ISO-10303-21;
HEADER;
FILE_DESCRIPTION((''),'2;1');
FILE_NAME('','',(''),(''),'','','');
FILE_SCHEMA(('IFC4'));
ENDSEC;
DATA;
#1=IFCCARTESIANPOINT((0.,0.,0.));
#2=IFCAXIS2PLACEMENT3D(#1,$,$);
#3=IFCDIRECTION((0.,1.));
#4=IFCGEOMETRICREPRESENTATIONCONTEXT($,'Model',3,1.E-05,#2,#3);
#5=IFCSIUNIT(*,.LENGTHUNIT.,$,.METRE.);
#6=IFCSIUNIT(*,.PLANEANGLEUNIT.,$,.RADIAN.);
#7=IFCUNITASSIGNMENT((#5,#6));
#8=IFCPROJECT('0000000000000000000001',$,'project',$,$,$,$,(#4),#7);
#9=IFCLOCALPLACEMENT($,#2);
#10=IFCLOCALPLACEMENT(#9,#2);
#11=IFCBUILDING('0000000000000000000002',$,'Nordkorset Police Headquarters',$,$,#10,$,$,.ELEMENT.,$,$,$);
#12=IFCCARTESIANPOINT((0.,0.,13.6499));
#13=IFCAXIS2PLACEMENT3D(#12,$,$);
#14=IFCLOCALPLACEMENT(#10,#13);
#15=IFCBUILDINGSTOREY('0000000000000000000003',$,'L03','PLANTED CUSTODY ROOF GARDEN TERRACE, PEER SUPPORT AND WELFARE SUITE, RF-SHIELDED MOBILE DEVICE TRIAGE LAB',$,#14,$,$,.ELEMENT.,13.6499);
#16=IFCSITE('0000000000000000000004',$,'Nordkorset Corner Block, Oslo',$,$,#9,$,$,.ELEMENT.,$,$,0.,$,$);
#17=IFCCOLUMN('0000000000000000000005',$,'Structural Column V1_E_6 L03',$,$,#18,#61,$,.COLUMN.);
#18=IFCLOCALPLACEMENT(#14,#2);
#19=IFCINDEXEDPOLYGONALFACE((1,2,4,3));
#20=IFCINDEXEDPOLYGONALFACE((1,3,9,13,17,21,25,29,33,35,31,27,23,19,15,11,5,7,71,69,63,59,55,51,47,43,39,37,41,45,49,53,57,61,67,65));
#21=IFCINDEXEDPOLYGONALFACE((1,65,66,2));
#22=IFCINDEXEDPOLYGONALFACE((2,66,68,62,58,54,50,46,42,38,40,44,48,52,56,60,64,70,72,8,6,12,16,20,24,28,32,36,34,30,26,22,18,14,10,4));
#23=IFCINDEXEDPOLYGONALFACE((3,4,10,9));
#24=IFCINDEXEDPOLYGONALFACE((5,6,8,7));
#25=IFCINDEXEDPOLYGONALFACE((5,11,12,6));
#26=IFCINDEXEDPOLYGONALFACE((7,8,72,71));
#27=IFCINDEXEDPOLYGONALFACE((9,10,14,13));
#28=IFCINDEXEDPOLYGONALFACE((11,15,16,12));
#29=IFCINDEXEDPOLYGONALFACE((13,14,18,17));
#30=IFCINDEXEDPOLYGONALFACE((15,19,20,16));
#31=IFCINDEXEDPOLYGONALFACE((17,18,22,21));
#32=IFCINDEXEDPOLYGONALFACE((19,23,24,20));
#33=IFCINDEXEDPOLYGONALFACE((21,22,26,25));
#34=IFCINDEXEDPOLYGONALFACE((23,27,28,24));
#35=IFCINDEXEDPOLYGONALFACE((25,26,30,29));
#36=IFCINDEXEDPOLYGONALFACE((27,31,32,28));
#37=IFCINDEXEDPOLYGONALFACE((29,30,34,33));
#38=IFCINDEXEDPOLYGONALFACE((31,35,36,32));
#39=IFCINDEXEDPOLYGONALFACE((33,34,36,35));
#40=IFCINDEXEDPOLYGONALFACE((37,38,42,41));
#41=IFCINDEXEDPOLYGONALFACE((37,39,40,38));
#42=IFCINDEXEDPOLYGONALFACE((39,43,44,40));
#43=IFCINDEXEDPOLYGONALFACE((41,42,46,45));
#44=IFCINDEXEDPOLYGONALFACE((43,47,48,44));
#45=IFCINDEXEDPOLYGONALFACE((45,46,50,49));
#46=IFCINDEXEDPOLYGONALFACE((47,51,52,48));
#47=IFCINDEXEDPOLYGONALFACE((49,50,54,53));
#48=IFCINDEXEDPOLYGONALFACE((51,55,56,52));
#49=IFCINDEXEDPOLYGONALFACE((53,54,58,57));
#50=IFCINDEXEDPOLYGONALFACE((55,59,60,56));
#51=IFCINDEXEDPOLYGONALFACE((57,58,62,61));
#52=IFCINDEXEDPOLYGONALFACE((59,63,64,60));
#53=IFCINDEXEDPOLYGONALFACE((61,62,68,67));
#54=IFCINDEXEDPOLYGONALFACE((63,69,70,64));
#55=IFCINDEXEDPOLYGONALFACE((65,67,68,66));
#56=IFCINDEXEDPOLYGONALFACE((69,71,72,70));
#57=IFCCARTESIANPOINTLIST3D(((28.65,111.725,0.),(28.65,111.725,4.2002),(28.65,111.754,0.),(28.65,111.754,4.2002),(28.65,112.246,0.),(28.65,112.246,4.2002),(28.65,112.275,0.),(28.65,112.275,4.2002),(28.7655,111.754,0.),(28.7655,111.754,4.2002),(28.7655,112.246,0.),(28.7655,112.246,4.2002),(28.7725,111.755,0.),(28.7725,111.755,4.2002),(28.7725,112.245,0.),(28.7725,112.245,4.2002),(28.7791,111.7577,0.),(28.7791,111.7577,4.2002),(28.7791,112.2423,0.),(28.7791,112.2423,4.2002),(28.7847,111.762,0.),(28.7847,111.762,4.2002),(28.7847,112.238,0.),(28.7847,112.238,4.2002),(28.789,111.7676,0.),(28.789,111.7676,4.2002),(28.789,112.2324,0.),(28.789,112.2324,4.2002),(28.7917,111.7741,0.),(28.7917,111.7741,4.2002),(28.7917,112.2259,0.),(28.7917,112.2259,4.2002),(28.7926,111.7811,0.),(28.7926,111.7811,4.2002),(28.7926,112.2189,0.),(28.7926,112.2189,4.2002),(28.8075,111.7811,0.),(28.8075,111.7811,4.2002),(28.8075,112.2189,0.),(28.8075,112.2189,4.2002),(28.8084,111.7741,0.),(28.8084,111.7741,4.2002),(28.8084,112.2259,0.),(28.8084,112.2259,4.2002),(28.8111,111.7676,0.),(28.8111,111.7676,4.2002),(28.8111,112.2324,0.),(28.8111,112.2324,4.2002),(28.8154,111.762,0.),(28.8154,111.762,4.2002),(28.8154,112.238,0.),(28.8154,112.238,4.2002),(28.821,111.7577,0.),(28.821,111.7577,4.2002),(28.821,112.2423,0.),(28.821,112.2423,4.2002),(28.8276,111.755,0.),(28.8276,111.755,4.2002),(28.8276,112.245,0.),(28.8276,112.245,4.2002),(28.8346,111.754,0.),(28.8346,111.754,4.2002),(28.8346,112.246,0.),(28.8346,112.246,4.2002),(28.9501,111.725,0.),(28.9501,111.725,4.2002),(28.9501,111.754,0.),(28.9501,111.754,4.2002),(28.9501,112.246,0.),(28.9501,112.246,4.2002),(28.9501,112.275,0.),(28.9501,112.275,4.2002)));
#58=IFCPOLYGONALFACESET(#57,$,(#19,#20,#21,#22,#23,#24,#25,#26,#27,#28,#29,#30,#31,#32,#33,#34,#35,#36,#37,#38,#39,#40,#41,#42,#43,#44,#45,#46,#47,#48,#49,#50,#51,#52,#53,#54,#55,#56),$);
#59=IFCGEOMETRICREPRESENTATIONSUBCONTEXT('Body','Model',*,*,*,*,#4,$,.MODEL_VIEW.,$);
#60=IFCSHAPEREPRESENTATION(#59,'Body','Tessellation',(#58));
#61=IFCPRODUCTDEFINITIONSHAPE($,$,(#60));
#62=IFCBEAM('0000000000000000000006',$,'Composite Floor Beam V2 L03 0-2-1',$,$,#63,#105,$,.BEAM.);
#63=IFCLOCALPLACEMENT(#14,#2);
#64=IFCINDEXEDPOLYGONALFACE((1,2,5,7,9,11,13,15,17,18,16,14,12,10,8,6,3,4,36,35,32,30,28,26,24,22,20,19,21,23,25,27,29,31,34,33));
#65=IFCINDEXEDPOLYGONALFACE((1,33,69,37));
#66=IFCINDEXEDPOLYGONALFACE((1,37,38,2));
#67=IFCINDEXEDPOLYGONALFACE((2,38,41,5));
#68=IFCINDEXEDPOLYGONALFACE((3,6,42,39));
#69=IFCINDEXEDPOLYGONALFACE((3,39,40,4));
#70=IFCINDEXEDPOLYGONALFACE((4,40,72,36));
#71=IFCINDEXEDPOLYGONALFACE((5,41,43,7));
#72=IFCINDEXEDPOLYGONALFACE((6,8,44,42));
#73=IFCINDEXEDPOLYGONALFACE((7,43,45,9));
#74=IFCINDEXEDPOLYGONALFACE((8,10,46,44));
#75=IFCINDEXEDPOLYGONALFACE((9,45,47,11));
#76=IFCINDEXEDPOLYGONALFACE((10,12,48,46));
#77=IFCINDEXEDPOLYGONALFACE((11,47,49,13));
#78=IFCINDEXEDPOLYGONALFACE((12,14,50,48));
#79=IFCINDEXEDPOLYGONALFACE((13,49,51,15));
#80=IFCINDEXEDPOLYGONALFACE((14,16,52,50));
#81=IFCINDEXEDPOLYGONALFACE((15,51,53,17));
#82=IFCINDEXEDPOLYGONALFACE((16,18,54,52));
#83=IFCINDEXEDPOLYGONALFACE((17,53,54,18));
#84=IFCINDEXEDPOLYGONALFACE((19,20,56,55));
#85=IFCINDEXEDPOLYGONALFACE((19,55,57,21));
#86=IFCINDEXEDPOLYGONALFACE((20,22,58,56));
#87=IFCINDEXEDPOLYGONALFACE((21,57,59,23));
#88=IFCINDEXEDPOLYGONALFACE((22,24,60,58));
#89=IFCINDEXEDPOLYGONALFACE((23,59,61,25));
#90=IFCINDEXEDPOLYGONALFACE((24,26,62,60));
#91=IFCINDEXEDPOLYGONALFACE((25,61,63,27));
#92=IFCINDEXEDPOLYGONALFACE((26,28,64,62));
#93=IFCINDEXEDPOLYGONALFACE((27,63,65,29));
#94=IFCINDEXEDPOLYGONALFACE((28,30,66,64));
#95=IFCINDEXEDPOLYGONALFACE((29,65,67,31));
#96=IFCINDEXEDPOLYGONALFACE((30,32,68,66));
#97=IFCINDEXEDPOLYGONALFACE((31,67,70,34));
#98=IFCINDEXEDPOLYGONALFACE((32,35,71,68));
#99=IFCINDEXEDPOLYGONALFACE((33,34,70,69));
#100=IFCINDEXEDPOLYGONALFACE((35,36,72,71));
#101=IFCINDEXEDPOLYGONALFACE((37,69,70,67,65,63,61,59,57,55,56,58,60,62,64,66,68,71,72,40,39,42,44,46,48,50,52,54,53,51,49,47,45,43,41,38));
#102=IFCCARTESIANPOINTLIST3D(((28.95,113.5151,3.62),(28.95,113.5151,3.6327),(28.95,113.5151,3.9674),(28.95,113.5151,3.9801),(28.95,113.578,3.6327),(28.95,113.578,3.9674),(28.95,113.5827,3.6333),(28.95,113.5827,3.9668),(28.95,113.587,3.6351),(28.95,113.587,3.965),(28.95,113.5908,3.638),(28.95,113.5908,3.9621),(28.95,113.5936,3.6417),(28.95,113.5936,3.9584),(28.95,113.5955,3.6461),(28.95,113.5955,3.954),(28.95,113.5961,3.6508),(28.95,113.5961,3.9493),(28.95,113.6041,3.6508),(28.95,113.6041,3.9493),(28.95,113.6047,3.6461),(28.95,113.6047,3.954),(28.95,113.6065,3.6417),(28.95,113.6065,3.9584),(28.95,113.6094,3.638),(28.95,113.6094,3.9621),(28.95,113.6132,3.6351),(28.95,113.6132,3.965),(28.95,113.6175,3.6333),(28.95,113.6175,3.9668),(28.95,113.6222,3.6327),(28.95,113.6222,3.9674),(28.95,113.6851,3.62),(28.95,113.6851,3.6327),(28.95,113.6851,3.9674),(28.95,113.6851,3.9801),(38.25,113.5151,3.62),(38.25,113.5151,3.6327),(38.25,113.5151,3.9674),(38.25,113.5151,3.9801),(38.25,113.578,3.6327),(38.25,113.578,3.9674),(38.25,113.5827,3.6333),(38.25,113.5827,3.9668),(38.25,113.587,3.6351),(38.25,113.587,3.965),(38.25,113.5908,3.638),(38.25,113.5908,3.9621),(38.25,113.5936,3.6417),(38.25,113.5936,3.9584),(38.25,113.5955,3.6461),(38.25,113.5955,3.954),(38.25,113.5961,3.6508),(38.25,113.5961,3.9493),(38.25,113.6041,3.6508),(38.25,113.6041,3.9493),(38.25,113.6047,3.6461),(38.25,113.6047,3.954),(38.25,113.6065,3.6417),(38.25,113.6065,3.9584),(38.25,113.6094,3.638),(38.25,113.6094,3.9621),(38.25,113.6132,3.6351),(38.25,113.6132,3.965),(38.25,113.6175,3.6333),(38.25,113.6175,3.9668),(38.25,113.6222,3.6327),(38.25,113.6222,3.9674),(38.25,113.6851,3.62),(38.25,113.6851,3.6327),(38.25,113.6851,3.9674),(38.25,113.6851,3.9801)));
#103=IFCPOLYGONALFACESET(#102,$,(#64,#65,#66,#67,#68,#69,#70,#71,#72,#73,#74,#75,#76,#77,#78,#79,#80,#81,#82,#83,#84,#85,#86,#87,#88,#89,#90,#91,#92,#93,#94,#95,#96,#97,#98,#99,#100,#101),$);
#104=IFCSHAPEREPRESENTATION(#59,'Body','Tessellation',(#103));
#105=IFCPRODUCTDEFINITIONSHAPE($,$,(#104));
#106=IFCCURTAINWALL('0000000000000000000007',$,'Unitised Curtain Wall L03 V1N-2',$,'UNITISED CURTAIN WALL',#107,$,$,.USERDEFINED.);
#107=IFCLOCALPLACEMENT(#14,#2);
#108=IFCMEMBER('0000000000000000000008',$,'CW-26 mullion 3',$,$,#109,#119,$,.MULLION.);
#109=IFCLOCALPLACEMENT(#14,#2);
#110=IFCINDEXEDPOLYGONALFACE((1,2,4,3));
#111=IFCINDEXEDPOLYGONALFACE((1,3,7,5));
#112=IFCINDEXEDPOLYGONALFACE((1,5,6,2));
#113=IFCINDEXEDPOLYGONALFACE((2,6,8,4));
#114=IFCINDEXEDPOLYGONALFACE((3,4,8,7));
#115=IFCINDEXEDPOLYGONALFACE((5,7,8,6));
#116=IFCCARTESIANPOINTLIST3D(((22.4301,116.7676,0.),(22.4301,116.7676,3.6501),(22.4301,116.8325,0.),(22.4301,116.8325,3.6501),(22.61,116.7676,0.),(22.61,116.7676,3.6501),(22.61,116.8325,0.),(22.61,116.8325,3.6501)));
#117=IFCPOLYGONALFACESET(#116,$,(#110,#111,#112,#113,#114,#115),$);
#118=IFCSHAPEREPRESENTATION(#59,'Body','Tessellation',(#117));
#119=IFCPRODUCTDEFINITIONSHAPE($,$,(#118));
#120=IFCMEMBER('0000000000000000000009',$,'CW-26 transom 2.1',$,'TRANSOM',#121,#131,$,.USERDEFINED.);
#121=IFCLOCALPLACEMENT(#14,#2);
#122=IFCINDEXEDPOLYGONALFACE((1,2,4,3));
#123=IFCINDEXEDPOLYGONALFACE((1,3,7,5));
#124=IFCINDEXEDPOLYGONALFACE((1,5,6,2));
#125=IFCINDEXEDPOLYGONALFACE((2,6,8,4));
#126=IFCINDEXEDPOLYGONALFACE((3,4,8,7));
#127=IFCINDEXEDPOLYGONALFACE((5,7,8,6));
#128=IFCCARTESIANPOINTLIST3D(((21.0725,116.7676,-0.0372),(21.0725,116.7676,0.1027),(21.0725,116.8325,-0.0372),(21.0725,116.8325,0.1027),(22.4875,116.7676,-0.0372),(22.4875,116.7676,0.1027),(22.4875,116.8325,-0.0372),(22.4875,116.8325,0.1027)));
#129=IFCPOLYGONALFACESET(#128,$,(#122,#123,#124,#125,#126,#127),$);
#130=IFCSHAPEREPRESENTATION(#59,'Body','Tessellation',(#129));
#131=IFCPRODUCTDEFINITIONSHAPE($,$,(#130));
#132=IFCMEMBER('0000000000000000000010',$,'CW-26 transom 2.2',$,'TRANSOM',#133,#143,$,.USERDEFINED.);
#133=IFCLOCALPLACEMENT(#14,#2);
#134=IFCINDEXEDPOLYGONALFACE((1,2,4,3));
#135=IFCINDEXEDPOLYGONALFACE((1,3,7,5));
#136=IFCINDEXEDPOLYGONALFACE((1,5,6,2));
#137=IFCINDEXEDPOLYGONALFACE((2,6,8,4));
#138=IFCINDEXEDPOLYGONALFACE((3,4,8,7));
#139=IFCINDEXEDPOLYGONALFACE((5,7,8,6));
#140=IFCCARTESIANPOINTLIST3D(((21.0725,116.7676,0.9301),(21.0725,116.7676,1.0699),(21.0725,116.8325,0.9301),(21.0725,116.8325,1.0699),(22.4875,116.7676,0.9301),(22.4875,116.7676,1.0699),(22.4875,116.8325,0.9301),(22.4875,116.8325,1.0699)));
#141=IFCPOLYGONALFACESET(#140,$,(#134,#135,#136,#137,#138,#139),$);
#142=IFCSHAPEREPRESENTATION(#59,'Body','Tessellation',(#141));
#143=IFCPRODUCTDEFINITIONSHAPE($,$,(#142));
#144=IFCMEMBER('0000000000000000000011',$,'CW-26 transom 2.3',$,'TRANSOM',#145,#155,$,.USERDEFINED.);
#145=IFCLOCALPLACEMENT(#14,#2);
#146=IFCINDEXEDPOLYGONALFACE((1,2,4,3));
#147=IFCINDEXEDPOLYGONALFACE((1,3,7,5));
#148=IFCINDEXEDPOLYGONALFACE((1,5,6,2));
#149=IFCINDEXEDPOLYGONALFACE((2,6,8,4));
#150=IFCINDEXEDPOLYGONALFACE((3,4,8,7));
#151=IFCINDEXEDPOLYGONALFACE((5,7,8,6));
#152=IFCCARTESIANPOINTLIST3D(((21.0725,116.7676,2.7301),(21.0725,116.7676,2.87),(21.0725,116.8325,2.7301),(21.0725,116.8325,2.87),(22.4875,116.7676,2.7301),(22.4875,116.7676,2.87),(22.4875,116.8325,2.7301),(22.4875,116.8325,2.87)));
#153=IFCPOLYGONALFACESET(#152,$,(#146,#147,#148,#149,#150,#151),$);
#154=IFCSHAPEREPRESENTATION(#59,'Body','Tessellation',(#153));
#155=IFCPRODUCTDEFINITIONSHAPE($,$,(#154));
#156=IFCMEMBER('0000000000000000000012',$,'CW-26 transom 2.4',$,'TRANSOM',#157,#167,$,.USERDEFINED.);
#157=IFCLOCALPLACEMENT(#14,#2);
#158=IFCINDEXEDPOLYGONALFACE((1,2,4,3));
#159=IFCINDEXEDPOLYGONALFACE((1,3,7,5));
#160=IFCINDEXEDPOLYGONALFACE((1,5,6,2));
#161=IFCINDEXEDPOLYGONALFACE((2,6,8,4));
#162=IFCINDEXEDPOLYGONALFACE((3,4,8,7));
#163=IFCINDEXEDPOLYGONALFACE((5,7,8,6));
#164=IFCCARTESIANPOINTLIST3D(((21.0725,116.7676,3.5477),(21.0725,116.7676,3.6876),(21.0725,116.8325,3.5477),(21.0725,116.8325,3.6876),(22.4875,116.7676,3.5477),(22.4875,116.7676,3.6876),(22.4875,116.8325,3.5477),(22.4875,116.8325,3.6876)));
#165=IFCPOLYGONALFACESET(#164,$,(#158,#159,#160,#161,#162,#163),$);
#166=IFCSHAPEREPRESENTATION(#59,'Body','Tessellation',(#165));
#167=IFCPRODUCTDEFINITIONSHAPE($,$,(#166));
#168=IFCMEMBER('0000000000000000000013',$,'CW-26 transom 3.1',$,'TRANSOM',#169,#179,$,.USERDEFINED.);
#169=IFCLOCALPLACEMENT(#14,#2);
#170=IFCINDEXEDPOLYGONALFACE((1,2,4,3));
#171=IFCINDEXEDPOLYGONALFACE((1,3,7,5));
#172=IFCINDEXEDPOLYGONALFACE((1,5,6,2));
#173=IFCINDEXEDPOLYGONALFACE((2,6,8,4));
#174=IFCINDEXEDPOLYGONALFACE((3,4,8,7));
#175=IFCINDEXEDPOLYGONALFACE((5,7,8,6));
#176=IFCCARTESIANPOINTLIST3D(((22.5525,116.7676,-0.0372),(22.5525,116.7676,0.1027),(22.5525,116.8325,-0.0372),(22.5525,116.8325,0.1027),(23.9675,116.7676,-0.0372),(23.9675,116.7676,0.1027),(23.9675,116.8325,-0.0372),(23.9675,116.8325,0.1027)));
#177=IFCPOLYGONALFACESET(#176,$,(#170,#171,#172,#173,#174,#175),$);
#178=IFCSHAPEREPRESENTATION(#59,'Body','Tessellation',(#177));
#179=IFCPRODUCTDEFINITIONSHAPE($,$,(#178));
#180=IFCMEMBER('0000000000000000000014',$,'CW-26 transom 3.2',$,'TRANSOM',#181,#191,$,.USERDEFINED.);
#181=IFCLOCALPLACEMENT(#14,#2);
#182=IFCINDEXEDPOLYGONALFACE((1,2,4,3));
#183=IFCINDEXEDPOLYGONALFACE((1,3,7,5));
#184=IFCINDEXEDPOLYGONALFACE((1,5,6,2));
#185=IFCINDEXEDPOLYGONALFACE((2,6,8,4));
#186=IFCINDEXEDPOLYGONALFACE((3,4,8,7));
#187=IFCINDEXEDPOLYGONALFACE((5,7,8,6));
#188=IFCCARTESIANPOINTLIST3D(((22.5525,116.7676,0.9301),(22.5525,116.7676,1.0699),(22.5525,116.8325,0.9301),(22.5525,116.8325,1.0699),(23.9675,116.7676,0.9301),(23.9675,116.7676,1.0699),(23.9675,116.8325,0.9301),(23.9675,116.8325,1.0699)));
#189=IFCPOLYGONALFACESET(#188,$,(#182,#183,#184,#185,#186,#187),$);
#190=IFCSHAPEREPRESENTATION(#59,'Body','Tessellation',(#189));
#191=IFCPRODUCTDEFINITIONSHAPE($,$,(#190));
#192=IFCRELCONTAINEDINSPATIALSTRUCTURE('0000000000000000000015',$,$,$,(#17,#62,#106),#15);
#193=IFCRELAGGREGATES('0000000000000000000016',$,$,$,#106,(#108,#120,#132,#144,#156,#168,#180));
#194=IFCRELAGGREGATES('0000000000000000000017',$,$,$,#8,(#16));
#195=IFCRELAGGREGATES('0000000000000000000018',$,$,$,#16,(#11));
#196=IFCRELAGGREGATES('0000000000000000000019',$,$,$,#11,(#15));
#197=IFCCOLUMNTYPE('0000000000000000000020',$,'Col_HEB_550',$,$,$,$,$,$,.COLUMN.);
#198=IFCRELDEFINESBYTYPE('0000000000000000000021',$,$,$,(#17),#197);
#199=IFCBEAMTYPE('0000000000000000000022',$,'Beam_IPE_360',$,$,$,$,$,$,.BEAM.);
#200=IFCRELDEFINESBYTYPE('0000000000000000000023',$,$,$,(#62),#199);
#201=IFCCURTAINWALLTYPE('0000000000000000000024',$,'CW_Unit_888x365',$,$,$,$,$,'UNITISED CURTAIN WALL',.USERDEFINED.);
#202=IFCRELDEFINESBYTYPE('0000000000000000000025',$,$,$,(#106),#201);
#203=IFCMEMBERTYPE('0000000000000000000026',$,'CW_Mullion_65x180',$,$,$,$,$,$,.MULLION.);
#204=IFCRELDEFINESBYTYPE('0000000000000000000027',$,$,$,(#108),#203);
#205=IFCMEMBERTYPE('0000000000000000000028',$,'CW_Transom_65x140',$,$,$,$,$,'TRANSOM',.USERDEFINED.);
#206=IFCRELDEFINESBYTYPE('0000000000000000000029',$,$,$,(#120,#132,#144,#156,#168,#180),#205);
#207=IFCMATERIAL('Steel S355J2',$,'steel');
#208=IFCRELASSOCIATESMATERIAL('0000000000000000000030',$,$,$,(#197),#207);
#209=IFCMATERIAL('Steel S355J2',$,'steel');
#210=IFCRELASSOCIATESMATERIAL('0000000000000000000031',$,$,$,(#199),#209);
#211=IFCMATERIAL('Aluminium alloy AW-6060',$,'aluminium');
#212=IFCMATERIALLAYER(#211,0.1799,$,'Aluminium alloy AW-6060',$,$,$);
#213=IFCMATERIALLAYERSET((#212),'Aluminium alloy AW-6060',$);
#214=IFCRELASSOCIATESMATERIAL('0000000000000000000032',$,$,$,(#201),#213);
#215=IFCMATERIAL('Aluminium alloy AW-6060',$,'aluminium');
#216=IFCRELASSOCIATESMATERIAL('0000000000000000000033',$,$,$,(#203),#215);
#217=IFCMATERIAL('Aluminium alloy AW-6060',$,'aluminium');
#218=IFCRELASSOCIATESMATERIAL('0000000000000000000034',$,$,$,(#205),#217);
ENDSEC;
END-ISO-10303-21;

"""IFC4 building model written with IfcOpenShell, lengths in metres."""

from ifc_helpers import new_model, si_unit, direction, frame, origin, origin_2d, place, context, subcontext, project, spatial, rectangle, i_section, extrude, material, layer, layer_set, material_profile, profile_set, type_object, element, aggregate, save


model = new_model("IFC4")

# Units and contexts
model_context = context("Model", 3, precision=1e-05, world=origin(), true_north=direction((0.0, 1.0)))
body_context = subcontext(model_context, "Body", "Model", "MODEL_VIEW")
ifc_project = project(units=[si_unit("LENGTHUNIT", "METRE"), si_unit("PLANEANGLEUNIT", "RADIAN")], contexts=[model_context])

# Site, building, storey
site_placement = place(None, origin())
site = spatial("IfcSite", under=ifc_project, at=site_placement, Name="Nordkorset Corner Block, Oslo", CompositionType="ELEMENT", RefElevation=0.0)
building_placement = place(site_placement, origin())
building = spatial("IfcBuilding", under=site, at=building_placement, Name="Nordkorset Police Headquarters", CompositionType="ELEMENT")
storey_placement = place(building_placement, frame((0.0, 0.0, 13.6499)))
storey = spatial("IfcBuildingStorey", under=building, at=storey_placement, Name="L03", Description="PLANTED CUSTODY ROOF GARDEN TERRACE, PEER SUPPORT AND WELFARE SUITE, RF-SHIELDED MOBILE DEVICE TRIAGE LAB", CompositionType="ELEMENT", Elevation=13.6499)

# Column
ifc_material_1 = material(Name="Steel S355J2", Category="steel")
ifc_material_profile_1 = material_profile(ifc_material_1, i_section(OverallWidth=0.3, OverallDepth=0.55, WebThickness=0.0149, FlangeThickness=0.0291, FilletRadius=0.0271, at=origin_2d()), Name="HEB 550")
ifc_profile_set_1 = profile_set([ifc_material_profile_1], Name="Steel S355J2")
column_type = type_object("IfcColumnType", Name="Col_HEB_550", PredefinedType="COLUMN", material=ifc_profile_set_1)
column_placement = place(storey_placement, frame((28.8, 112.0, 0.0), z_axis=(0.0, 0.0, 1.0), x_axis=(1.0, 0.0, 0.0)))
element("IfcColumn", 1, at=column_placement, inside=storey, type_object=column_type, Name="Structural Column V1_E_6 L03", PredefinedType="COLUMN", context=body_context, shape_type="SweptSolid", body=[
    extrude(i_section(OverallWidth=0.3, OverallDepth=0.55, WebThickness=0.0149, FlangeThickness=0.0291, FilletRadius=0.0271, at=origin_2d()), origin(), (0.0, 0.0, 1.0), 4.2002),
])

# Beam
ifc_material_2 = material(Name="Steel S355J2", Category="steel")
ifc_material_profile_2 = material_profile(ifc_material_2, i_section(OverallWidth=0.1699, OverallDepth=0.3601, WebThickness=0.0081, FlangeThickness=0.0127, FilletRadius=0.0181, at=origin_2d()), Name="IPE 360")
ifc_profile_set_2 = profile_set([ifc_material_profile_2], Name="Steel S355J2")
beam_type_1 = type_object("IfcBeamType", Name="Beam_IPE_360", PredefinedType="BEAM", material=ifc_profile_set_2)
beam_1_placement = place(storey_placement, frame((28.95, 113.6001, 3.8), z_axis=(1.0, 0.0, 0.0), x_axis=(0.0, 1.0, 0.0)))
element("IfcBeam", 2, at=beam_1_placement, inside=storey, type_object=beam_type_1, Name="Composite Floor Beam V2 L03 0-2-1", PredefinedType="BEAM", context=body_context, shape_type="SweptSolid", body=[
    extrude(i_section(OverallWidth=0.1699, OverallDepth=0.3601, WebThickness=0.0081, FlangeThickness=0.0127, FilletRadius=0.0181, at=origin_2d()), origin(), (0.0, 0.0, 1.0), 9.3),
])

# Curtain wall, members
ifc_material_3 = material(Name="Aluminium alloy AW-6060", Category="aluminium")
ifc_layer_1 = layer(ifc_material_3, 0.1799, Name="Aluminium alloy AW-6060")
ifc_layer_set_1 = layer_set([ifc_layer_1], Name="Aluminium alloy AW-6060")
curtain_wall_type = type_object("IfcCurtainWallType", Name="CW_Unit_888x365", ElementType="UNITISED CURTAIN WALL", PredefinedType="USERDEFINED", material=ifc_layer_set_1)
curtain_wall_placement = place(storey_placement, origin())
curtain_wall = element("IfcCurtainWall", 3, at=curtain_wall_placement, inside=storey, type_object=curtain_wall_type, Name="Unitised Curtain Wall L03 V1N-2", ObjectType="UNITISED CURTAIN WALL", PredefinedType="USERDEFINED")
ifc_material_4 = material(Name="Aluminium alloy AW-6060", Category="aluminium")
ifc_material_profile_3 = material_profile(ifc_material_4, rectangle(XDim=0.0649, YDim=0.1799, at=origin_2d()), Name="ALU MULL 65x180")
ifc_profile_set_3 = profile_set([ifc_material_profile_3], Name="Aluminium alloy AW-6060")
member_type_1 = type_object("IfcMemberType", Name="CW_Mullion_65x180", PredefinedType="MULLION", material=ifc_profile_set_3)
member_1_placement = place(storey_placement, frame((22.52, 116.8, 0.0), z_axis=(0.0, 0.0, 1.0), x_axis=(0.0, 1.0, 0.0)))
member_1 = element("IfcMember", 4, at=member_1_placement, type_object=member_type_1, Name="CW-26 mullion 3", PredefinedType="MULLION", context=body_context, shape_type="SweptSolid", body=[
    extrude(rectangle(XDim=0.0649, YDim=0.1799, at=origin_2d()), origin(), (0.0, 0.0, 1.0), 3.6501),
])
ifc_material_5 = material(Name="Aluminium alloy AW-6060", Category="aluminium")
ifc_material_profile_4 = material_profile(ifc_material_5, rectangle(XDim=0.0649, YDim=0.1399, at=origin_2d()), Name="ALU TRAN 65x140")
ifc_profile_set_4 = profile_set([ifc_material_profile_4], Name="Aluminium alloy AW-6060")
member_type_2 = type_object("IfcMemberType", Name="CW_Transom_65x140", ElementType="TRANSOM", PredefinedType="USERDEFINED", material=ifc_profile_set_4)
member_2_placement = place(storey_placement, frame((21.0725, 116.8, 0.0327), z_axis=(1.0, 0.0, 0.0), x_axis=(0.0, 1.0, 0.0)))
member_2 = element("IfcMember", 5, at=member_2_placement, type_object=member_type_2, Name="CW-26 transom 2.1", ObjectType="TRANSOM", PredefinedType="USERDEFINED", context=body_context, shape_type="SweptSolid", body=[
    extrude(rectangle(XDim=0.0649, YDim=0.1399, at=origin_2d()), origin(), (0.0, 0.0, 1.0), 1.415),
])
member_3_placement = place(storey_placement, frame((21.0725, 116.8, 1.0), z_axis=(1.0, 0.0, 0.0), x_axis=(0.0, 1.0, 0.0)))
member_3 = element("IfcMember", 6, at=member_3_placement, type_object=member_type_2, Name="CW-26 transom 2.2", ObjectType="TRANSOM", PredefinedType="USERDEFINED", context=body_context, shape_type="SweptSolid", body=[
    extrude(rectangle(XDim=0.0649, YDim=0.1399, at=origin_2d()), origin(), (0.0, 0.0, 1.0), 1.415),
])
member_4_placement = place(storey_placement, frame((21.0725, 116.8, 2.8), z_axis=(1.0, 0.0, 0.0), x_axis=(0.0, 1.0, 0.0)))
member_4 = element("IfcMember", 7, at=member_4_placement, type_object=member_type_2, Name="CW-26 transom 2.3", ObjectType="TRANSOM", PredefinedType="USERDEFINED", context=body_context, shape_type="SweptSolid", body=[
    extrude(rectangle(XDim=0.0649, YDim=0.1399, at=origin_2d()), origin(), (0.0, 0.0, 1.0), 1.415),
])
member_5_placement = place(storey_placement, frame((21.0725, 116.8, 3.6177), z_axis=(1.0, 0.0, 0.0), x_axis=(0.0, 1.0, 0.0)))
member_5 = element("IfcMember", 8, at=member_5_placement, type_object=member_type_2, Name="CW-26 transom 2.4", ObjectType="TRANSOM", PredefinedType="USERDEFINED", context=body_context, shape_type="SweptSolid", body=[
    extrude(rectangle(XDim=0.0649, YDim=0.1399, at=origin_2d()), origin(), (0.0, 0.0, 1.0), 1.415),
])
member_6_placement = place(storey_placement, frame((22.5525, 116.8, 0.0327), z_axis=(1.0, 0.0, 0.0), x_axis=(0.0, 1.0, 0.0)))
member_6 = element("IfcMember", 9, at=member_6_placement, type_object=member_type_2, Name="CW-26 transom 3.1", ObjectType="TRANSOM", PredefinedType="USERDEFINED", context=body_context, shape_type="SweptSolid", body=[
    extrude(rectangle(XDim=0.0649, YDim=0.1399, at=origin_2d()), origin(), (0.0, 0.0, 1.0), 1.415),
])
member_7_placement = place(storey_placement, frame((22.5525, 116.8, 1.0), z_axis=(1.0, 0.0, 0.0), x_axis=(0.0, 1.0, 0.0)))
member_7 = element("IfcMember", 10, at=member_7_placement, type_object=member_type_2, Name="CW-26 transom 3.2", ObjectType="TRANSOM", PredefinedType="USERDEFINED", context=body_context, shape_type="SweptSolid", body=[
    extrude(rectangle(XDim=0.0649, YDim=0.1399, at=origin_2d()), origin(), (0.0, 0.0, 1.0), 1.415),
])

aggregate(curtain_wall, [member_1, member_2, member_3, member_4, member_5, member_6, member_7])

save(model, "model.ifc")
